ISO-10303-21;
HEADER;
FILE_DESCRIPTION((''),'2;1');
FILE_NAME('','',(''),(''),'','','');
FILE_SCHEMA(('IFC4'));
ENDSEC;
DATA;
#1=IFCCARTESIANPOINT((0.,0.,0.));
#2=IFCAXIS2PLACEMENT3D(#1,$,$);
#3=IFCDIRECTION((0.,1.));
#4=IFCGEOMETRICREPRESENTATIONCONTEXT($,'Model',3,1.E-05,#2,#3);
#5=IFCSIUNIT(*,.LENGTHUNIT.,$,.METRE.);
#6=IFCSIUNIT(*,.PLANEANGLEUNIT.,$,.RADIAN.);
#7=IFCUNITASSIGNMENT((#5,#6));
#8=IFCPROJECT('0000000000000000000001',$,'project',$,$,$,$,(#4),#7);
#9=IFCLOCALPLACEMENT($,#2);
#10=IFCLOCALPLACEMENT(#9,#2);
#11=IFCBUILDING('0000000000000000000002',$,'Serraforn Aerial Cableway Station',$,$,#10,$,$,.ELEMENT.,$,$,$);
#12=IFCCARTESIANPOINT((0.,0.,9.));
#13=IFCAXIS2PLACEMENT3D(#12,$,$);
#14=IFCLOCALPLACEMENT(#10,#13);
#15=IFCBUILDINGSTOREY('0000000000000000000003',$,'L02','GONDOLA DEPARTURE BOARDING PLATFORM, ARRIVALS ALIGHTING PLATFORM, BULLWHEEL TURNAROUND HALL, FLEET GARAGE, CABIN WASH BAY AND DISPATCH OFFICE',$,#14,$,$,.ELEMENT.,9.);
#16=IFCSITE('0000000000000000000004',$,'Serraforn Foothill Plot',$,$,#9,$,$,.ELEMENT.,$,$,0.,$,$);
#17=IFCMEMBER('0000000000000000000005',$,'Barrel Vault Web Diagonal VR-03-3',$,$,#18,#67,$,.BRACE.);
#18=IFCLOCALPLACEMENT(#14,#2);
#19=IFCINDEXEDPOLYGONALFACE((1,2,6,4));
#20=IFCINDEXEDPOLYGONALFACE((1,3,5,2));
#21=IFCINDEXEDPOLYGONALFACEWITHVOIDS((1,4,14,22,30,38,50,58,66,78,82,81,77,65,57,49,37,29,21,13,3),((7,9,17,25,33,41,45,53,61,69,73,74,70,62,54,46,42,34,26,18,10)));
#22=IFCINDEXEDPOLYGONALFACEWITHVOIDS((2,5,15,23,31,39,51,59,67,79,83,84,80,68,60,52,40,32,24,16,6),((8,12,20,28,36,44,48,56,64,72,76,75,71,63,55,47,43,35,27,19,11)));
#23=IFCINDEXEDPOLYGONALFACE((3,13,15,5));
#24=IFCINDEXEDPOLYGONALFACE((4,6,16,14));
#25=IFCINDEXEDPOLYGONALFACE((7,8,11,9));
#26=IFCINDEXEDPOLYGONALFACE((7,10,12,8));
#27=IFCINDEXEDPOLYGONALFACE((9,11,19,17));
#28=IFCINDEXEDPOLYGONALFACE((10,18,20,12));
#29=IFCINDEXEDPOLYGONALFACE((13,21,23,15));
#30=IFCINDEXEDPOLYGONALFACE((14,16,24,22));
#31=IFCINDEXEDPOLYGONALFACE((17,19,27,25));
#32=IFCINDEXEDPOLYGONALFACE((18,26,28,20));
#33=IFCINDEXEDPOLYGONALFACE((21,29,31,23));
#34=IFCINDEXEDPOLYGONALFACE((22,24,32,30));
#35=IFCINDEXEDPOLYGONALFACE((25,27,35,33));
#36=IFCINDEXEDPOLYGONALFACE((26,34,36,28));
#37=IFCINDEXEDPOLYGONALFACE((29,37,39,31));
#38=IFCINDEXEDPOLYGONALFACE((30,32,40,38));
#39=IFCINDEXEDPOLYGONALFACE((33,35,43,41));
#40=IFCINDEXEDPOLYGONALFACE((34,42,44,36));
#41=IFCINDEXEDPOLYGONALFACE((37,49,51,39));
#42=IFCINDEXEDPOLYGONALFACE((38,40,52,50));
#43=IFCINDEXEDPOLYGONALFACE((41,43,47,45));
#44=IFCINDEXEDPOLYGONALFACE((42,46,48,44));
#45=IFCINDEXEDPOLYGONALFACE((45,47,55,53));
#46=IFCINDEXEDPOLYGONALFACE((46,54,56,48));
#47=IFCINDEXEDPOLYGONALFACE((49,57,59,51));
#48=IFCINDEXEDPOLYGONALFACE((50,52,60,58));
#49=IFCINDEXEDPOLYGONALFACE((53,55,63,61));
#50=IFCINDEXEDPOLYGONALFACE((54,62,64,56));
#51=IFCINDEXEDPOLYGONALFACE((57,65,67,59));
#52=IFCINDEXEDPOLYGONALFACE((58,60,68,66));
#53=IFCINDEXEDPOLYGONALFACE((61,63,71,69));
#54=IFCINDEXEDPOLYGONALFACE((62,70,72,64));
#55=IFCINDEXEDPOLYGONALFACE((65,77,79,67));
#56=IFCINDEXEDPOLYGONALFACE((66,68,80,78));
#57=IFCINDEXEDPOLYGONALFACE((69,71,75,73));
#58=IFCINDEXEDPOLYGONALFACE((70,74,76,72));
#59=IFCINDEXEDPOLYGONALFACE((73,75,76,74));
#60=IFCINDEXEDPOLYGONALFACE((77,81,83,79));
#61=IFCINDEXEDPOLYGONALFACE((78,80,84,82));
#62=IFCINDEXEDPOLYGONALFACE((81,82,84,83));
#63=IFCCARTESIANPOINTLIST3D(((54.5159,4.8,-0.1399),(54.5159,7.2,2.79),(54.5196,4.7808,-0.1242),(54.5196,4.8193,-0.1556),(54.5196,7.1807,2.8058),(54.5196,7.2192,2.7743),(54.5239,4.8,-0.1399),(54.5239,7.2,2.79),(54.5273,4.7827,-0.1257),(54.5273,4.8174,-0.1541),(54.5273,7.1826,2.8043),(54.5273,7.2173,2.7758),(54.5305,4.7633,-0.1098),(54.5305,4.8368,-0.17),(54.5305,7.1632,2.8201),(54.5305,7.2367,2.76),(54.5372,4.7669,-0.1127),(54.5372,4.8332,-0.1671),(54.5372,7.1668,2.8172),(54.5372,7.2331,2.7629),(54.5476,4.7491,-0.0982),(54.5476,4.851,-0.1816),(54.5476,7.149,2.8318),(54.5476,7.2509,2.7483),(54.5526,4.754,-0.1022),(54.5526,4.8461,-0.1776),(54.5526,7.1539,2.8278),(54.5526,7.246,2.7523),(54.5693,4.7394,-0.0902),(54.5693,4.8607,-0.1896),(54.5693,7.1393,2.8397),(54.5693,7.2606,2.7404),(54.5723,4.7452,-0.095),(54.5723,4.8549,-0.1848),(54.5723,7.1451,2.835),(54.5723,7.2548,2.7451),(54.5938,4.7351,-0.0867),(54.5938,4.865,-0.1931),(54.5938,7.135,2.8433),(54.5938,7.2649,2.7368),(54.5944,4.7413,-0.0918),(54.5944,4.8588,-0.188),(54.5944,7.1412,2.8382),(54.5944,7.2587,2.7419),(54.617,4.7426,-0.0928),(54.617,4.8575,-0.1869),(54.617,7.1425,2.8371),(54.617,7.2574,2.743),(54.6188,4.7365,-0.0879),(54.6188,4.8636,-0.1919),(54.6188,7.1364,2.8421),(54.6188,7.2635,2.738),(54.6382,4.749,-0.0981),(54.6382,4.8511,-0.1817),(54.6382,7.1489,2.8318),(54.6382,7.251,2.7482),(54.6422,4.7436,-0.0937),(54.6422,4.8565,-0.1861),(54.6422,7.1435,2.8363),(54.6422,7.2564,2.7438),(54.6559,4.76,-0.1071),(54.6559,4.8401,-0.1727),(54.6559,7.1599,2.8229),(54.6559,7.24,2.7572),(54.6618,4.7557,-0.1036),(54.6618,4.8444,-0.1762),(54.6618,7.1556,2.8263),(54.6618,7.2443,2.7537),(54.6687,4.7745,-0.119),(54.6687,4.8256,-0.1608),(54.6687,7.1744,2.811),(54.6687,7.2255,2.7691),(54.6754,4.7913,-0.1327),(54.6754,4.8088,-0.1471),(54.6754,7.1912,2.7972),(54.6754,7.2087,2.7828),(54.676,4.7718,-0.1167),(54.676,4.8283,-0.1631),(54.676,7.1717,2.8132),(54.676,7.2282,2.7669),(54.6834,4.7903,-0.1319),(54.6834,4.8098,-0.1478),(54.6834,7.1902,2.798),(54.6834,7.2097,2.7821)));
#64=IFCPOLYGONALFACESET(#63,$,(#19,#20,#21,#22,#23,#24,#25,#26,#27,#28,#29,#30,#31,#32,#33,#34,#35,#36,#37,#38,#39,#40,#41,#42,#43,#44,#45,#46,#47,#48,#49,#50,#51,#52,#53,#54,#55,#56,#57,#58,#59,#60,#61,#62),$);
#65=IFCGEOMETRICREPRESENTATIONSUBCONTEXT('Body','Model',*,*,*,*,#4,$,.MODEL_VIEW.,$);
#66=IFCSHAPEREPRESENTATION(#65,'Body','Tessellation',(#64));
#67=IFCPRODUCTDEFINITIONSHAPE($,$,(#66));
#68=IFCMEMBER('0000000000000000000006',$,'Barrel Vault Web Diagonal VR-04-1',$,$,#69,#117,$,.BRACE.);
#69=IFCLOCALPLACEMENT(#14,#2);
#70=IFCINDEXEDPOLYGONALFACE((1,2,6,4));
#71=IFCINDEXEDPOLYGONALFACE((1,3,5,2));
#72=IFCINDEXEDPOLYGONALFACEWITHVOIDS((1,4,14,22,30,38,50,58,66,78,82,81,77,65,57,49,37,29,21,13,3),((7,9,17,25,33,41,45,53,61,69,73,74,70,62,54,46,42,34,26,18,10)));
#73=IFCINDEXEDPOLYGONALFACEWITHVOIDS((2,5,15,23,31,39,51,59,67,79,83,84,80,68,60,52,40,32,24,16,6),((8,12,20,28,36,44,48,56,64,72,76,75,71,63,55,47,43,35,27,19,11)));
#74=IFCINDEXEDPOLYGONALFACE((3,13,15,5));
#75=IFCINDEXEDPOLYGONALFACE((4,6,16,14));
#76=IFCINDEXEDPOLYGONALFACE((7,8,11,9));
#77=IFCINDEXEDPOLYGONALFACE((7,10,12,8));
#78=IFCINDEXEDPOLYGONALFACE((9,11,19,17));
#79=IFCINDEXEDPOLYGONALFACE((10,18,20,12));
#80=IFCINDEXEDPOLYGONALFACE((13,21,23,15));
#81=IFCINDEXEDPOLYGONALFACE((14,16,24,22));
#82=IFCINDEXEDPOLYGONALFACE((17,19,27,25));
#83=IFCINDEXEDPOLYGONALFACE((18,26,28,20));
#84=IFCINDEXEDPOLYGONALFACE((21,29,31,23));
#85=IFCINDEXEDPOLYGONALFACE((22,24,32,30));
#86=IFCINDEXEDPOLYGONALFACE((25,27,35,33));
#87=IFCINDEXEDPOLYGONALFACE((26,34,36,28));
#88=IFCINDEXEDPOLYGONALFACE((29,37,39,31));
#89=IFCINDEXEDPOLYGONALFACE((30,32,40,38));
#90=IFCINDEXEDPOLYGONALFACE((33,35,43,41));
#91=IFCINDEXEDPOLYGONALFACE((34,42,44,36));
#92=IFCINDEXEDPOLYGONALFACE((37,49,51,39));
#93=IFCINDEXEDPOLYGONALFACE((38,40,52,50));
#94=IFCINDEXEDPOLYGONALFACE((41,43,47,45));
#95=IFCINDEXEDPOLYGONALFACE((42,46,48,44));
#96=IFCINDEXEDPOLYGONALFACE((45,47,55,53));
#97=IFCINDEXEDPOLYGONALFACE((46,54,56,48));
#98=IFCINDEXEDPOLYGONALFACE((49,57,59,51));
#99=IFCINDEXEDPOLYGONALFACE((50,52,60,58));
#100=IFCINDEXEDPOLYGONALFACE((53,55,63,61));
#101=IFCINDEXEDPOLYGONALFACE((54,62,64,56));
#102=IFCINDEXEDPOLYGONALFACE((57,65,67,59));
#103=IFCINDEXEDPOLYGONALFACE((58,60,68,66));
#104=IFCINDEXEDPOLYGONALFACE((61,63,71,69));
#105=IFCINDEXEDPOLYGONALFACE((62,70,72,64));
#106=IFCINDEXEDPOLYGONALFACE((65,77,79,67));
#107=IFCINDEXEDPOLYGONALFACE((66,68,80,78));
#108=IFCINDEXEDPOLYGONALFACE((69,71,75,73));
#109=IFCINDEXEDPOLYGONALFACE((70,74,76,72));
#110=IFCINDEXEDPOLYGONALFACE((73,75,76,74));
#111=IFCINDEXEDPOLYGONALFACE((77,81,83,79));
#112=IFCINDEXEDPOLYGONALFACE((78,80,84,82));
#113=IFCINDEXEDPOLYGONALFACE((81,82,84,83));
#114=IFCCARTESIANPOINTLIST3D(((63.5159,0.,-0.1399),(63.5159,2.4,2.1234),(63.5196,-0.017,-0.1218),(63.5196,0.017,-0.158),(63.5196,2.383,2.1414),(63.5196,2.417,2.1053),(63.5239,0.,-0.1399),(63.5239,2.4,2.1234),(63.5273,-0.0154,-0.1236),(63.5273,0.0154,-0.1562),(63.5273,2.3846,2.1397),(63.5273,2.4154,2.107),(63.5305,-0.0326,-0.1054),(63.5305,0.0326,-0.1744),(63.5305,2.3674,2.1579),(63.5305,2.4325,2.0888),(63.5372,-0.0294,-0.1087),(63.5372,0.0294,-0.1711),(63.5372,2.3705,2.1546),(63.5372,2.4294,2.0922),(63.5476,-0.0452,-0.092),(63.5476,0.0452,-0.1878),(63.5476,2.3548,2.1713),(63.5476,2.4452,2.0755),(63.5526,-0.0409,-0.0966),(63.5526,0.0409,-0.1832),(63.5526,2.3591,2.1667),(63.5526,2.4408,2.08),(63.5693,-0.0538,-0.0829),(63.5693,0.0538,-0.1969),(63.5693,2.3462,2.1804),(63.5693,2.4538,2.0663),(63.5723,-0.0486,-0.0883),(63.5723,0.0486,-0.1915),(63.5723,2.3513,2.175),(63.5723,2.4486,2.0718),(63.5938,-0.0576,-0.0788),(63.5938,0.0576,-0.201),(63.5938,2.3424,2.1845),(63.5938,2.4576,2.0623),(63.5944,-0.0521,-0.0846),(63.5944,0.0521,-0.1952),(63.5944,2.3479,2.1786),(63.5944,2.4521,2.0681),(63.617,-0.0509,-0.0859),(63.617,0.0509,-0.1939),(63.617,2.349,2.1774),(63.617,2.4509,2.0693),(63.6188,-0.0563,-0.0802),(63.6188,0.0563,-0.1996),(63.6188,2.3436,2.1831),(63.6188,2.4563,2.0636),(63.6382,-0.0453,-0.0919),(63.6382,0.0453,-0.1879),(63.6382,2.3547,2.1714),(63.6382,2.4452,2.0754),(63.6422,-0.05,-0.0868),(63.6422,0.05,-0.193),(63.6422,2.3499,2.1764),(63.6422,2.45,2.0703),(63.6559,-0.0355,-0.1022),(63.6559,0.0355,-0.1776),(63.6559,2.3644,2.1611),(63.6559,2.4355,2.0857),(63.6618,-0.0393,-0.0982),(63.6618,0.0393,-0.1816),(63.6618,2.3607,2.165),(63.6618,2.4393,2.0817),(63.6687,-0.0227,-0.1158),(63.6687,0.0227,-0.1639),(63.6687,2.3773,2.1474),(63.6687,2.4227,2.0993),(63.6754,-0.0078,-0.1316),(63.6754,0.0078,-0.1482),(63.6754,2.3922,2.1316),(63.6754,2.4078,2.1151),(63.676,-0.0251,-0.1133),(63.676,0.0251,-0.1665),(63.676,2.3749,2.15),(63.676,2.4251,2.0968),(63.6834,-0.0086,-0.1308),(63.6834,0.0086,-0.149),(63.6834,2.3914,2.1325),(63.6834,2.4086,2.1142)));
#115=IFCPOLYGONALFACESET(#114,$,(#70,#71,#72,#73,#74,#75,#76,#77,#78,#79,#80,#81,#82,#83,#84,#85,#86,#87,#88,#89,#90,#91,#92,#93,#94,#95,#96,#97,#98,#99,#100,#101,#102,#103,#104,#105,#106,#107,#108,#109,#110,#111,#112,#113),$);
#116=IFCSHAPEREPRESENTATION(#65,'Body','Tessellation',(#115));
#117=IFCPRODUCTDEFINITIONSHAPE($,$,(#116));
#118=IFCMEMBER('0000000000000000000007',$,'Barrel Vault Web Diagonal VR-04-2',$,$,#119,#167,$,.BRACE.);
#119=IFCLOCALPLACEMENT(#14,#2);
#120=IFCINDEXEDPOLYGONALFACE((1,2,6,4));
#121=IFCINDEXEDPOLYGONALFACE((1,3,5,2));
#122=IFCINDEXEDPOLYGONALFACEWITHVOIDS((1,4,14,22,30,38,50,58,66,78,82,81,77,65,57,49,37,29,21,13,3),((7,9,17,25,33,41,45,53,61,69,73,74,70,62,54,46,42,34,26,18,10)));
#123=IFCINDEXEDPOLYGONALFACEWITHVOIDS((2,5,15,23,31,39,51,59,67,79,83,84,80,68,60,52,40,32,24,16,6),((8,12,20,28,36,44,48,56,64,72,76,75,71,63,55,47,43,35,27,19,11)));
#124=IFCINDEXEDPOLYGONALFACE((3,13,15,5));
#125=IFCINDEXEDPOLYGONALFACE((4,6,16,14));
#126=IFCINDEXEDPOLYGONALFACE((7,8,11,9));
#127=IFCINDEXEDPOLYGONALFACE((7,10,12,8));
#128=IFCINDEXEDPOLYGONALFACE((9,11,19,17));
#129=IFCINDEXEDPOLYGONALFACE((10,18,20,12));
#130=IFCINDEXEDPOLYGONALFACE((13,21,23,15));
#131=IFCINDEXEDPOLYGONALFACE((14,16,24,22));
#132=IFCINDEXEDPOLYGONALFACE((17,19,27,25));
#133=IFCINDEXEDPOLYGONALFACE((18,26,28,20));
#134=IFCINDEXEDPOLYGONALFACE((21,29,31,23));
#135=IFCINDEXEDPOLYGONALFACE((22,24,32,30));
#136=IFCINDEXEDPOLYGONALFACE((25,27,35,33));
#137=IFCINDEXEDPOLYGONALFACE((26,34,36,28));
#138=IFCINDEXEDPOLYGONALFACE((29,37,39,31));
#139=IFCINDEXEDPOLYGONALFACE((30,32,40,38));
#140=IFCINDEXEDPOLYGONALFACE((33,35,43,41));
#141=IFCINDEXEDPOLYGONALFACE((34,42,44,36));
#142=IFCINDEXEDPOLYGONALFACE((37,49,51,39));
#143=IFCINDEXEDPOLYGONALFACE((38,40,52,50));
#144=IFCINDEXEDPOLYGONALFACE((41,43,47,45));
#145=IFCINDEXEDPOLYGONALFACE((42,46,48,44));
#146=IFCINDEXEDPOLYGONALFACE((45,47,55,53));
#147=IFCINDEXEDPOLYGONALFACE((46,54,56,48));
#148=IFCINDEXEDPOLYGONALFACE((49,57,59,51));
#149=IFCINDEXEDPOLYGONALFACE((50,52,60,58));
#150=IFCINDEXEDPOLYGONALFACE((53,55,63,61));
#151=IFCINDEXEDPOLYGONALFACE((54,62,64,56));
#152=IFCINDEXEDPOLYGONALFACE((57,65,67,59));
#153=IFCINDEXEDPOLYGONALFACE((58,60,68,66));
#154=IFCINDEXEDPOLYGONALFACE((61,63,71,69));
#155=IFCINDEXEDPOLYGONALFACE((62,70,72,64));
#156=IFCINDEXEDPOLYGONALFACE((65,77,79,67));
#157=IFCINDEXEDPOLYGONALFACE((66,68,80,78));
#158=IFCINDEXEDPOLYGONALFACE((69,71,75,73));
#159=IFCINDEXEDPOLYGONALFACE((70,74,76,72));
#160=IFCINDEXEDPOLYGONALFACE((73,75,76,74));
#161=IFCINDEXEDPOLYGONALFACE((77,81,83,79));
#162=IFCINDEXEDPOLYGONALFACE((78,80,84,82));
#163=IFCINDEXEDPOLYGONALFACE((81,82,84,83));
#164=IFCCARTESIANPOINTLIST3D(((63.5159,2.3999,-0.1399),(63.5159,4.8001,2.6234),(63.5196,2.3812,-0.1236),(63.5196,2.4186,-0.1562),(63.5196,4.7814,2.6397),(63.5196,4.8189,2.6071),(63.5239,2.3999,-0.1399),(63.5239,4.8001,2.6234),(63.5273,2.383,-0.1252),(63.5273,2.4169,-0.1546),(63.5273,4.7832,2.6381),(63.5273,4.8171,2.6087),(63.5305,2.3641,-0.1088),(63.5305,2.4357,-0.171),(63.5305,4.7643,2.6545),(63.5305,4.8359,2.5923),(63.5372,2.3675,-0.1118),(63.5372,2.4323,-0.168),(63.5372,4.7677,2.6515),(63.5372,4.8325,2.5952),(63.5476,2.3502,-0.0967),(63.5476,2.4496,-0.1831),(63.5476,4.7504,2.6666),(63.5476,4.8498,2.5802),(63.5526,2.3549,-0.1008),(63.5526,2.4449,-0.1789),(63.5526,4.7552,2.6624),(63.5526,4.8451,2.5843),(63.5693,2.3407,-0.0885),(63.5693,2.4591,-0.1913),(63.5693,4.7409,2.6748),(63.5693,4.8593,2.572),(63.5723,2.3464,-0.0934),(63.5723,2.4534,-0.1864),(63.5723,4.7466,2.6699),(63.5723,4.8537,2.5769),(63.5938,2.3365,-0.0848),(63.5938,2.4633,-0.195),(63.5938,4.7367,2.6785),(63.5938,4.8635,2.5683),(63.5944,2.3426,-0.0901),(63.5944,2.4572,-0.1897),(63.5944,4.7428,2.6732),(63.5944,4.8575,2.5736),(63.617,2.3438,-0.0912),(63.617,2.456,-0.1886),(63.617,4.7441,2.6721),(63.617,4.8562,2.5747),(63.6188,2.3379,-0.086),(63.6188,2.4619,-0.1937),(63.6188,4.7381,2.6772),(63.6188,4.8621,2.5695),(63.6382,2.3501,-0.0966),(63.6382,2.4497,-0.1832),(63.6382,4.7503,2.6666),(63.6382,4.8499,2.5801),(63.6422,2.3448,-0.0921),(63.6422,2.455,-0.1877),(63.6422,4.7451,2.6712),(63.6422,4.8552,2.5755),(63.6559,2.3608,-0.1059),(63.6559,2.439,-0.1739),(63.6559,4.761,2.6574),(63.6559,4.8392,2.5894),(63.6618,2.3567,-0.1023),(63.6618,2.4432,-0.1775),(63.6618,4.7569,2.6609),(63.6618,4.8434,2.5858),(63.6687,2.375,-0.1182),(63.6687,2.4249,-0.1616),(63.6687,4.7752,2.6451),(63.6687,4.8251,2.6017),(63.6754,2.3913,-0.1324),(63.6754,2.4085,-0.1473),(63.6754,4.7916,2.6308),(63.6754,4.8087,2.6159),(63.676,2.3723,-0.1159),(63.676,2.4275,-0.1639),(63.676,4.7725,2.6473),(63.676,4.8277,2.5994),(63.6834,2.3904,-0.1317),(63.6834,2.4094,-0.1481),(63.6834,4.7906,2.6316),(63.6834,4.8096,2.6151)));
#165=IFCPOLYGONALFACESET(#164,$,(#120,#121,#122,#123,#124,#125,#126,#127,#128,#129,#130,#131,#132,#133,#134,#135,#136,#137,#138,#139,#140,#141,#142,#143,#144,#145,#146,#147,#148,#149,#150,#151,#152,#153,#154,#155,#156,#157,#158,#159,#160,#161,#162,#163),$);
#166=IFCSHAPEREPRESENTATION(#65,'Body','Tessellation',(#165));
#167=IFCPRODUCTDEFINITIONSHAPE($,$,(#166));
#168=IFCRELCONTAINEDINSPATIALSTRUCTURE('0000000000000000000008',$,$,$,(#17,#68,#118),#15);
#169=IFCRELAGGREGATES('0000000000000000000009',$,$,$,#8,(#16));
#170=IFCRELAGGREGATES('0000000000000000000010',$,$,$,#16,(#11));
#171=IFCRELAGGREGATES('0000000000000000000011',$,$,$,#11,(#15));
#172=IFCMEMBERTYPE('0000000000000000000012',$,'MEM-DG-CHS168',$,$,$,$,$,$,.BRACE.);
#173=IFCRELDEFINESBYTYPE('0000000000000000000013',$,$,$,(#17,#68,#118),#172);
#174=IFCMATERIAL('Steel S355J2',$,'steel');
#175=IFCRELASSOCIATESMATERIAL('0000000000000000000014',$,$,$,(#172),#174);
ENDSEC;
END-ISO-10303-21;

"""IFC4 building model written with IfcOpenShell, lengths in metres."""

from ifc_helpers import new_model, si_unit, direction, frame, origin, origin_2d, place, context, subcontext, project, spatial, hollow_circle, extrude, material, material_profile, profile_set, type_object, element, save


model = new_model("IFC4")

# Units and contexts
model_context = context("Model", 3, precision=1e-05, world=origin(), true_north=direction((0.0, 1.0)))
body_context = subcontext(model_context, "Body", "Model", "MODEL_VIEW")
ifc_project = project(units=[si_unit("LENGTHUNIT", "METRE"), si_unit("PLANEANGLEUNIT", "RADIAN")], contexts=[model_context])

# Site, building, storey
site_placement = place(None, origin())
site = spatial("IfcSite", under=ifc_project, at=site_placement, Name="Serraforn Foothill Plot", CompositionType="ELEMENT", RefElevation=0.0)
building_placement = place(site_placement, origin())
building = spatial("IfcBuilding", under=site, at=building_placement, Name="Serraforn Aerial Cableway Station", CompositionType="ELEMENT")
storey_placement = place(building_placement, frame((0.0, 0.0, 9.0)))
storey = spatial("IfcBuildingStorey", under=building, at=storey_placement, Name="L02", Description="GONDOLA DEPARTURE BOARDING PLATFORM, ARRIVALS ALIGHTING PLATFORM, BULLWHEEL TURNAROUND HALL, FLEET GARAGE, CABIN WASH BAY AND DISPATCH OFFICE", CompositionType="ELEMENT", Elevation=9.0)

# Members
ifc_material_1 = material(Name="Steel S355J2", Category="steel")
ifc_material_profile_1 = material_profile(ifc_material_1, hollow_circle(Radius=0.0842, WallThickness=0.0081, at=origin_2d()), Name="CHS 168.3x8.0")
ifc_profile_set_1 = profile_set([ifc_material_profile_1], Name="Steel S355J2")
member_type_1 = type_object("IfcMemberType", Name="MEM-DG-CHS168", PredefinedType="BRACE", material=ifc_profile_set_1)
member_1_placement = place(storey_placement, frame((54.6001, 4.8, -0.1399), z_axis=(0.0, 0.633662, 0.77361), x_axis=(-1.0, 0.0, 0.0)))
element("IfcMember", 1, at=member_1_placement, inside=storey, type_object=member_type_1, Name="Barrel Vault Web Diagonal VR-03-3", PredefinedType="BRACE", context=body_context, shape_type="SweptSolid", body=[
    extrude(hollow_circle(Radius=0.0842, WallThickness=0.0081, at=origin_2d()), origin(), (0.0, 0.0, 1.0), 3.7874),
])
member_2_placement = place(storey_placement, frame((63.6001, 0.0, -0.1399), z_axis=(0.0, 0.727526, 0.68608), x_axis=(-1.0, 0.0, 0.0)))
element("IfcMember", 2, at=member_2_placement, inside=storey, type_object=member_type_1, Name="Barrel Vault Web Diagonal VR-04-1", PredefinedType="BRACE", context=body_context, shape_type="SweptSolid", body=[
    extrude(hollow_circle(Radius=0.0842, WallThickness=0.0081, at=origin_2d()), origin(), (0.0, 0.0, 1.0), 3.2988),
])
member_3_placement = place(storey_placement, frame((63.6001, 2.3999, -0.1399), z_axis=(0.0, 0.655771, 0.75496), x_axis=(-1.0, 0.0, 0.0)))
element("IfcMember", 3, at=member_3_placement, inside=storey, type_object=member_type_1, Name="Barrel Vault Web Diagonal VR-04-2", PredefinedType="BRACE", context=body_context, shape_type="SweptSolid", body=[
    extrude(hollow_circle(Radius=0.0842, WallThickness=0.0081, at=origin_2d()), origin(), (0.0, 0.0, 1.0), 3.6602),
])

save(model, "model.ifc")
